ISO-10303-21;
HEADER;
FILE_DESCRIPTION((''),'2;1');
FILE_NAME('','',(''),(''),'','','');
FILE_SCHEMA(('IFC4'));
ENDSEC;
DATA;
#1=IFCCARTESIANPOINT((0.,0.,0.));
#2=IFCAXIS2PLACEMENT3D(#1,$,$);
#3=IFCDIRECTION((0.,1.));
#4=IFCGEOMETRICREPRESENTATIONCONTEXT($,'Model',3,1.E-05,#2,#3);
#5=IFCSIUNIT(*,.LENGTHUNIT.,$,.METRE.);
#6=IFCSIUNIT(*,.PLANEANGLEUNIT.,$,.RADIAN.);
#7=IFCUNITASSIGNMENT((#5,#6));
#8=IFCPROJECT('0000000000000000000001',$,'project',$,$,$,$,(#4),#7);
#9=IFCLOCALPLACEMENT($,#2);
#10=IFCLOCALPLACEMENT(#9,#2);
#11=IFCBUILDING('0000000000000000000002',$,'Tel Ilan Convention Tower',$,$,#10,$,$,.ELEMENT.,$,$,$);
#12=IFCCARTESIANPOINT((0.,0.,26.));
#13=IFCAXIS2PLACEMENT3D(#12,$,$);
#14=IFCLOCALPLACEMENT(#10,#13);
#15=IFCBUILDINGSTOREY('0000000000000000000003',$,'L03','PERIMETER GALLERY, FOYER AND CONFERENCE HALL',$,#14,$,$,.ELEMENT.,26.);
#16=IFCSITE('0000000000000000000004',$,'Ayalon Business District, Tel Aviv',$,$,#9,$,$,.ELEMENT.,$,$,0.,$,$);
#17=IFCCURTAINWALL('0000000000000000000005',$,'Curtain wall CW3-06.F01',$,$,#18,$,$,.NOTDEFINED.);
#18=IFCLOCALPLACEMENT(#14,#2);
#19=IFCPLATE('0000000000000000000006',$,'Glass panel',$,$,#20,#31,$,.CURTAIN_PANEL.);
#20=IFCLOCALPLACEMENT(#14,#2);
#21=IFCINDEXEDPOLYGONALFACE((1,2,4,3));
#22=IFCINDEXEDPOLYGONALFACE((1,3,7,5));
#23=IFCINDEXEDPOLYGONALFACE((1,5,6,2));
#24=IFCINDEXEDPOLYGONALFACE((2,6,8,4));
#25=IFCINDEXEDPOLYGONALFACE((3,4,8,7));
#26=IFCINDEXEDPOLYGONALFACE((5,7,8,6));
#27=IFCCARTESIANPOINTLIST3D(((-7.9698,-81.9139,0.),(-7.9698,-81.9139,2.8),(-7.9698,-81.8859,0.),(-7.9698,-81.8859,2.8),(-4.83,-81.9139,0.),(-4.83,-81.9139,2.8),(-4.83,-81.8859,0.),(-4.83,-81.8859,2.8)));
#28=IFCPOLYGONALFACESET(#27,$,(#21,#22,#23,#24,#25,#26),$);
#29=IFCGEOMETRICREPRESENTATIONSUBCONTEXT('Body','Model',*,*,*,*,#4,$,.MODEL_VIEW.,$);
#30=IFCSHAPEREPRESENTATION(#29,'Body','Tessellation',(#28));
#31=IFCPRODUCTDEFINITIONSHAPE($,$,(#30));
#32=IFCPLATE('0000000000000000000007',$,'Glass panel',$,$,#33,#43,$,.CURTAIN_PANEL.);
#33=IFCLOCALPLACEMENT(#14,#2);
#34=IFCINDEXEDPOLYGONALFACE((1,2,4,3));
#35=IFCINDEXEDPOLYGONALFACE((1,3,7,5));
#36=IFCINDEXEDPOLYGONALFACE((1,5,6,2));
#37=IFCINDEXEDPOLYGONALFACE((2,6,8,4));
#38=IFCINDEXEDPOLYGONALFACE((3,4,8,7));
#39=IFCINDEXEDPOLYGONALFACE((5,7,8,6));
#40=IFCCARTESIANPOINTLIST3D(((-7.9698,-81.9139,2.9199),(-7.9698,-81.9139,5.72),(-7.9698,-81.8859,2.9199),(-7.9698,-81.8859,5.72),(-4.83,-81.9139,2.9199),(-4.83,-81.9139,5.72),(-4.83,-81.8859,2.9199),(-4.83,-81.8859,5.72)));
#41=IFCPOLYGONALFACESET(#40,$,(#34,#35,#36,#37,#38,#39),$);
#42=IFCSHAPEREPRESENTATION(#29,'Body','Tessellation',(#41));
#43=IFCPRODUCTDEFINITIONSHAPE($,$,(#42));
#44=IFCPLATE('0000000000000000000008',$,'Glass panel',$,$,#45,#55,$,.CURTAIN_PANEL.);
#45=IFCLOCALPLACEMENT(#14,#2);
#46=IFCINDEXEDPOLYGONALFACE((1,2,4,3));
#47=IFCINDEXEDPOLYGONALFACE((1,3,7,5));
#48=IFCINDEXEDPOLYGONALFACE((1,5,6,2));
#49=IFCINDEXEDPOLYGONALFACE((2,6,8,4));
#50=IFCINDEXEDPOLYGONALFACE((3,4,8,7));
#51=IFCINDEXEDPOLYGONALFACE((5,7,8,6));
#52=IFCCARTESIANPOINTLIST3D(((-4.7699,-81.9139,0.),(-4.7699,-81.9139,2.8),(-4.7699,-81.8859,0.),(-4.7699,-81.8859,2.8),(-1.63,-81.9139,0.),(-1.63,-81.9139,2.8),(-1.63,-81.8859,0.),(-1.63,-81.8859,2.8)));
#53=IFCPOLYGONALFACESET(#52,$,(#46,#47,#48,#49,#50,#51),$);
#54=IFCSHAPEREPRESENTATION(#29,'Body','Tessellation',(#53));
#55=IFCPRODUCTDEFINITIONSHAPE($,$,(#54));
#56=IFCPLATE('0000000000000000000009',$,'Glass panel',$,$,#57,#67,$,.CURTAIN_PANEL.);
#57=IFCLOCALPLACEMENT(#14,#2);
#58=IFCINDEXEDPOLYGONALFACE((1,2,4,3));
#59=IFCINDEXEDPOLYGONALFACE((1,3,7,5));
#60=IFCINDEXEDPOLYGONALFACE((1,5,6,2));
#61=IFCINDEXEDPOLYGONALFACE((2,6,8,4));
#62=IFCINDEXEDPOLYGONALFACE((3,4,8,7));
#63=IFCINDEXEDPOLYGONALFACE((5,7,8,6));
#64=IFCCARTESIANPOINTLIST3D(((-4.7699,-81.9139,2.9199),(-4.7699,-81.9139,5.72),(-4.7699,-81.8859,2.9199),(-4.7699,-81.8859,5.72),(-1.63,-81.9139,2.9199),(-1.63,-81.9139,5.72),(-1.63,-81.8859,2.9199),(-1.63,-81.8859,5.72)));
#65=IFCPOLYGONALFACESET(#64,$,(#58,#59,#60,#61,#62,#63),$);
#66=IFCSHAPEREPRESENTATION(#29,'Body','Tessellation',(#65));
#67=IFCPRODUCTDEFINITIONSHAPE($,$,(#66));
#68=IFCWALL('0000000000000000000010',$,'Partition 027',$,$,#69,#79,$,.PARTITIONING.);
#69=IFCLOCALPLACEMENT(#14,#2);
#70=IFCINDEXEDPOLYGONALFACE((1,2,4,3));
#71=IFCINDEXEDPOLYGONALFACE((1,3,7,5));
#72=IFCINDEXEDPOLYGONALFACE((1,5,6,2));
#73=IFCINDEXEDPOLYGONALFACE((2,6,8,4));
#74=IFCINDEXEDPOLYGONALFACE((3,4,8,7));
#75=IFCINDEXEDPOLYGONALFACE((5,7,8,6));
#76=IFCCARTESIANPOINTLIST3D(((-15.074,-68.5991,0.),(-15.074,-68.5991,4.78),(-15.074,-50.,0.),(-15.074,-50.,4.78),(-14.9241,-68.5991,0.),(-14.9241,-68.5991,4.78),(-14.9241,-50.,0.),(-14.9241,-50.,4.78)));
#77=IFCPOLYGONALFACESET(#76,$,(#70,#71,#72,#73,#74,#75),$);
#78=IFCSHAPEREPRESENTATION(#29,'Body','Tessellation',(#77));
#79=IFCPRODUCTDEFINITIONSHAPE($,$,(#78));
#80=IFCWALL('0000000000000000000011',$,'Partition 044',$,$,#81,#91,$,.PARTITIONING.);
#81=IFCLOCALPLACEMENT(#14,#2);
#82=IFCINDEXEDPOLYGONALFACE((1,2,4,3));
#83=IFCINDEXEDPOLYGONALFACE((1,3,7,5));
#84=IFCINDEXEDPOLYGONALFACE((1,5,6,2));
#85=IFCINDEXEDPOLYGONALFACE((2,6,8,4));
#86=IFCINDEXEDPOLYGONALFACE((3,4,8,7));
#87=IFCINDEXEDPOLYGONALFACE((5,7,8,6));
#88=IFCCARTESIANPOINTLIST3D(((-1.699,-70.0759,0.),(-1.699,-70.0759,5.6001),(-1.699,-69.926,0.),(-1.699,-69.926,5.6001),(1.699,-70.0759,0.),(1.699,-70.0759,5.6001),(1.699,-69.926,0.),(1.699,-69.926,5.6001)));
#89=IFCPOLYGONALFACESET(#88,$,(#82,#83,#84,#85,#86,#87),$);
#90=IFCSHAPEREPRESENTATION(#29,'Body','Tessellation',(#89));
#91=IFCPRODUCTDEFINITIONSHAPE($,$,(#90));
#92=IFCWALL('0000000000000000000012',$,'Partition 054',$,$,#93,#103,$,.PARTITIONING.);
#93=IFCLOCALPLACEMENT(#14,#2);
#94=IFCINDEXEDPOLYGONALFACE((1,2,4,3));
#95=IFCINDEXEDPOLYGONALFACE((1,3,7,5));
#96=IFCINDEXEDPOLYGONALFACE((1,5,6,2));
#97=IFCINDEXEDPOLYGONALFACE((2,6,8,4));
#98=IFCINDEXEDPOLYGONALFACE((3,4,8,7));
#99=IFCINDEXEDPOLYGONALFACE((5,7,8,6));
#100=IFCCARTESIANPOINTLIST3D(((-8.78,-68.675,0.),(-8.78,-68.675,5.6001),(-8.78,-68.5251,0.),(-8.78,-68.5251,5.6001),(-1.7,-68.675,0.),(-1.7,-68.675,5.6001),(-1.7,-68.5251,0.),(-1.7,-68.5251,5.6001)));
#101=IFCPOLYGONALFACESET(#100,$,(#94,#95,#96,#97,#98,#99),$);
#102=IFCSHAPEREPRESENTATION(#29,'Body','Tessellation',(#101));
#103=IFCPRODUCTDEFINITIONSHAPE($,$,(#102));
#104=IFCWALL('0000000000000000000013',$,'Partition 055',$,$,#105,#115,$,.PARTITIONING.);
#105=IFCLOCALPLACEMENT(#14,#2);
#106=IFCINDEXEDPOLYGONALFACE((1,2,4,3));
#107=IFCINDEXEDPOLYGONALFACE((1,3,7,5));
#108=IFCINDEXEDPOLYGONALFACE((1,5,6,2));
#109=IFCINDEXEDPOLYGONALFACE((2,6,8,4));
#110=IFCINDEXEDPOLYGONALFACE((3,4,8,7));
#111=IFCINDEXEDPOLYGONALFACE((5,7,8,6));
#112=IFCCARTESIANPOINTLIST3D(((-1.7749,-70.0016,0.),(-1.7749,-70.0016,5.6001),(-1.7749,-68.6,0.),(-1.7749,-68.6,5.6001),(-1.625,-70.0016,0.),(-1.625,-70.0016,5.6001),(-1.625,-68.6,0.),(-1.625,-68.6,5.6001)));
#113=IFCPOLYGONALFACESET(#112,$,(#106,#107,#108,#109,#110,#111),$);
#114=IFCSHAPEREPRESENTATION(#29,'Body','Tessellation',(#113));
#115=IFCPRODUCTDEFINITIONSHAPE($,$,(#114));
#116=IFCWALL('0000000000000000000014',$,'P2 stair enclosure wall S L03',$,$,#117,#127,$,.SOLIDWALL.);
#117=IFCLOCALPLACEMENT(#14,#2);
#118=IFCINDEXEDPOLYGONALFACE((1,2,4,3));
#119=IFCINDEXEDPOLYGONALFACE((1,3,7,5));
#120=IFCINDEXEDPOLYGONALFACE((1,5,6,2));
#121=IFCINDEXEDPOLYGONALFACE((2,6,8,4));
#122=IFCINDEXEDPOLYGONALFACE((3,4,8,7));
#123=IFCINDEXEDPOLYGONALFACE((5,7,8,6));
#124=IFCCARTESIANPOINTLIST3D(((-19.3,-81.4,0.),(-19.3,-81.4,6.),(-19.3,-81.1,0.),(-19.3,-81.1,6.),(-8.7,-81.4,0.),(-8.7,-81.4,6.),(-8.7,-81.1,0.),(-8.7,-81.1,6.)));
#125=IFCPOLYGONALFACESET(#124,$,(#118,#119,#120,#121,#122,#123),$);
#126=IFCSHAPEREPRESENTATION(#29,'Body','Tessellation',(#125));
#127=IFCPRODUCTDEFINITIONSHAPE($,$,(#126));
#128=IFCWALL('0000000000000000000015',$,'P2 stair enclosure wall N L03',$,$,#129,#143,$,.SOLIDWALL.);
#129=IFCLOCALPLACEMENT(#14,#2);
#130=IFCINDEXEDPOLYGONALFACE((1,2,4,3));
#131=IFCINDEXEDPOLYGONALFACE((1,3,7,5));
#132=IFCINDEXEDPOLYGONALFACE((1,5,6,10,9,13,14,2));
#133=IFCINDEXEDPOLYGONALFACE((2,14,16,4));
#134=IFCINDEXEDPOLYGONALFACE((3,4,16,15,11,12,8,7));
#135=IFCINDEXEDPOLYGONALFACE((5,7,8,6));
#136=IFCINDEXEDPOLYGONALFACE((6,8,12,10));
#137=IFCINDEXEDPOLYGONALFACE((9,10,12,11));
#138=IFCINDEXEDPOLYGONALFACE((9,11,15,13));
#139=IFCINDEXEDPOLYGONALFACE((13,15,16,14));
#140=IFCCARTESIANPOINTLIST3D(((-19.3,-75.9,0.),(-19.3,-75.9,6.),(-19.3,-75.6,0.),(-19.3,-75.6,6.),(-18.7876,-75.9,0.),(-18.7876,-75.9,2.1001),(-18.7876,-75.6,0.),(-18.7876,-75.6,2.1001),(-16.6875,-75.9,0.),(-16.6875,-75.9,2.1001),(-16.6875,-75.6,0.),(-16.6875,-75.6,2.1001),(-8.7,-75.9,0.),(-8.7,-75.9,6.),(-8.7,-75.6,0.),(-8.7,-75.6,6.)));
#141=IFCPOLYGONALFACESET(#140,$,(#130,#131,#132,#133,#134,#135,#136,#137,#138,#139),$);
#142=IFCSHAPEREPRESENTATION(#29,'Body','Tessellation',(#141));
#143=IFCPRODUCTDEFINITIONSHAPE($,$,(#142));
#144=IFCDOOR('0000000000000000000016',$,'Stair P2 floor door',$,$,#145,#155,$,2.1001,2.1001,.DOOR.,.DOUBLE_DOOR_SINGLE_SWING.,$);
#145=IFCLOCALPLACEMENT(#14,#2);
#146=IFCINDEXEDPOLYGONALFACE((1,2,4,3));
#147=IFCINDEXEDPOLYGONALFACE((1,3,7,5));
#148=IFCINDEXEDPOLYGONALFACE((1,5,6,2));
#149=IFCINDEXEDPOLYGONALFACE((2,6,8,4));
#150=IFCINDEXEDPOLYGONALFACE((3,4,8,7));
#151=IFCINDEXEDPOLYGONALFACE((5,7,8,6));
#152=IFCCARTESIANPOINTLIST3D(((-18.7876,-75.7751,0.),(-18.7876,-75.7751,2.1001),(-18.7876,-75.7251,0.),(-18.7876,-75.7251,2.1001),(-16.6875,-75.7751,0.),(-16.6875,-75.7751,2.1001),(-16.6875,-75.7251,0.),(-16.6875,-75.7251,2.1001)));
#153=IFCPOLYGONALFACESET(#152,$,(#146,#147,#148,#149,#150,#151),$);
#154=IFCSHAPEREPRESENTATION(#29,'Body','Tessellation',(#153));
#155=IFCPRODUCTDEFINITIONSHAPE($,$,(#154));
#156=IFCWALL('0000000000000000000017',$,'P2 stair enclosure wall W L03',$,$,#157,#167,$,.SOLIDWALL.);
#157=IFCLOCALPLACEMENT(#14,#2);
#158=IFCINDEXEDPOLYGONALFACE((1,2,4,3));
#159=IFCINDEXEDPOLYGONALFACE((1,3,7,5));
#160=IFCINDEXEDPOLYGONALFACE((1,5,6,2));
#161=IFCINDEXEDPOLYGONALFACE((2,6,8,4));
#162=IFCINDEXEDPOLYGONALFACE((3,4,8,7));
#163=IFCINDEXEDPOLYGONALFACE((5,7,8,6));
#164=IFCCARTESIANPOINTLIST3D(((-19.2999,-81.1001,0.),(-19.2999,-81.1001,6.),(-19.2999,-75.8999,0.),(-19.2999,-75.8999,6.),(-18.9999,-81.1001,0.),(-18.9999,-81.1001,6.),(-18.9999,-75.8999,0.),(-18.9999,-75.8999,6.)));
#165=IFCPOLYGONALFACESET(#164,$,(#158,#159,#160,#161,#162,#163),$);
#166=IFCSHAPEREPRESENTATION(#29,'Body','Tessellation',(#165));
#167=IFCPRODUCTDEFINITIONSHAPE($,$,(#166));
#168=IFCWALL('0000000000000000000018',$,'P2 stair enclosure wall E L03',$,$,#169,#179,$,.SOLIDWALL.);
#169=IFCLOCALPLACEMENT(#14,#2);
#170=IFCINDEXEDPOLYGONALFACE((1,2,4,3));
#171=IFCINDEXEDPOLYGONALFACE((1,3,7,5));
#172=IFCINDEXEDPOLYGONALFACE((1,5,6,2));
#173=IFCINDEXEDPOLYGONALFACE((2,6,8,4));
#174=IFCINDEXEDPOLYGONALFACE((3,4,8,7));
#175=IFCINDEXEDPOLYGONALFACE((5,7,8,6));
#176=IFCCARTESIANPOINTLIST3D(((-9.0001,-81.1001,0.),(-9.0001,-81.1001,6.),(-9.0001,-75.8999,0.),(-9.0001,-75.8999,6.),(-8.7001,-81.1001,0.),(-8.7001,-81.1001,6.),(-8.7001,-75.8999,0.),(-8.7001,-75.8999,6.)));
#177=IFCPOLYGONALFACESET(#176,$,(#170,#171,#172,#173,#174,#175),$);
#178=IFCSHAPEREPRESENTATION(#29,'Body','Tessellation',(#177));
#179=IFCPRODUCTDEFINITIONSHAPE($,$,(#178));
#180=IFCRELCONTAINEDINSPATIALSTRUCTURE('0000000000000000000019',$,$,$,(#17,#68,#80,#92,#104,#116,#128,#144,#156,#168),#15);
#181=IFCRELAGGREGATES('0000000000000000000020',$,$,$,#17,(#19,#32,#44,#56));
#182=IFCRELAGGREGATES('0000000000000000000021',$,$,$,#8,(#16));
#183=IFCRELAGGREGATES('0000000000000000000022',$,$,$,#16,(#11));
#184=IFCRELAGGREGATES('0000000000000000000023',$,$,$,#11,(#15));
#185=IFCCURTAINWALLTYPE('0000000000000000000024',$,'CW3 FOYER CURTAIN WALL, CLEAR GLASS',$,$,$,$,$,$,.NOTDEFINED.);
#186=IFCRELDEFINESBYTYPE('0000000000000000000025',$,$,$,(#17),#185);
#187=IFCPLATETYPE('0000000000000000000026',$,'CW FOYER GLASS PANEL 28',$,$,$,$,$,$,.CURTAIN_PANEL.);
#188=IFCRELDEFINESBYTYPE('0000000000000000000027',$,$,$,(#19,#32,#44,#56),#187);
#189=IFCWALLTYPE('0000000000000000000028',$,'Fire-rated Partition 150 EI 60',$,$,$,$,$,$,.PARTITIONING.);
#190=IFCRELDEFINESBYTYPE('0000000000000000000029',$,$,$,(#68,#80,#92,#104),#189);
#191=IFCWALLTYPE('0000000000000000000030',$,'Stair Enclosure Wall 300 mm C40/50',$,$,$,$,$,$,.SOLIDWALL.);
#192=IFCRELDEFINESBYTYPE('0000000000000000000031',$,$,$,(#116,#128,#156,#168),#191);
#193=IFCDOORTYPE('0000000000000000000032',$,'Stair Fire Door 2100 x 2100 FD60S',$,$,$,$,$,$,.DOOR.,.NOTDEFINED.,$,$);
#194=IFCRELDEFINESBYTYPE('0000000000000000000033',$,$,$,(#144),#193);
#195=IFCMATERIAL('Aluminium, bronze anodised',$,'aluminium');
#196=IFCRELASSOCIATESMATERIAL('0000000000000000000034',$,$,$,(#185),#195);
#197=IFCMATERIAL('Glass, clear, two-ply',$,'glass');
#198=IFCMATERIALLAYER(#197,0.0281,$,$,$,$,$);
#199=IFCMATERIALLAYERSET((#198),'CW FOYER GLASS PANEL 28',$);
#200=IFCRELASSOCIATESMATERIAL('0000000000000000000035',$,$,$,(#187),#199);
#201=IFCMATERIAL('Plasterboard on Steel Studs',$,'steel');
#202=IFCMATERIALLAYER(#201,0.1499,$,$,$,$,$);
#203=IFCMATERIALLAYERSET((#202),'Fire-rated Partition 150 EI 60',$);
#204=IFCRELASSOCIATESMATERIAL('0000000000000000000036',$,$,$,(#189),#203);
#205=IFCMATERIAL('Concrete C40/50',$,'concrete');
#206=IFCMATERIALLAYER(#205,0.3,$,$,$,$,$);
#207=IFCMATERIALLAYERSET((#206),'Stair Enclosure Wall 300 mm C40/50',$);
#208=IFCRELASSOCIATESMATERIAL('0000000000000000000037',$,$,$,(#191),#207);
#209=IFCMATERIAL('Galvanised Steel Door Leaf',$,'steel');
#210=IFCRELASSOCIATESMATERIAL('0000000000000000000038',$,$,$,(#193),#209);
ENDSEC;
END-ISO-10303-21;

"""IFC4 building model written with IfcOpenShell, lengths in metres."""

from ifc_helpers import new_model, si_unit, direction, frame, frame_2d, origin, origin_2d, place, context, subcontext, project, spatial, rectangle, extrude, material, layer, layer_set, type_object, element, fill, aggregate, save


model = new_model("IFC4")

# Units and contexts
model_context = context("Model", 3, precision=1e-05, world=origin(), true_north=direction((0.0, 1.0)))
body_context = subcontext(model_context, "Body", "Model", "MODEL_VIEW")
ifc_project = project(units=[si_unit("LENGTHUNIT", "METRE"), si_unit("PLANEANGLEUNIT", "RADIAN")], contexts=[model_context])

# Site, building, storey
site_placement = place(None, origin())
site = spatial("IfcSite", under=ifc_project, at=site_placement, Name="Ayalon Business District, Tel Aviv", CompositionType="ELEMENT", RefElevation=0.0)
building_placement = place(site_placement, origin())
building = spatial("IfcBuilding", under=site, at=building_placement, Name="Tel Ilan Convention Tower", CompositionType="ELEMENT")
storey_placement = place(building_placement, frame((0.0, 0.0, 26.0)))
storey = spatial("IfcBuildingStorey", under=building, at=storey_placement, Name="L03", Description="PERIMETER GALLERY, FOYER AND CONFERENCE HALL", CompositionType="ELEMENT", Elevation=26.0)

# Curtain wall
ifc_material_1 = material(Name="Aluminium, bronze anodised", Category="aluminium")
curtain_wall_type = type_object("IfcCurtainWallType", Name="CW3 FOYER CURTAIN WALL, CLEAR GLASS", PredefinedType="NOTDEFINED", material=ifc_material_1)
curtain_wall_placement = place(storey_placement, origin())
curtain_wall = element("IfcCurtainWall", 1, at=curtain_wall_placement, inside=storey, type_object=curtain_wall_type, Name="Curtain wall CW3-06.F01", PredefinedType="NOTDEFINED")

# Plates
ifc_material_2 = material(Name="Glass, clear, two-ply", Category="glass")
ifc_layer_1 = layer(ifc_material_2, 0.0281)
ifc_layer_set_1 = layer_set([ifc_layer_1], Name="CW FOYER GLASS PANEL 28")
plate_type = type_object("IfcPlateType", Name="CW FOYER GLASS PANEL 28", PredefinedType="CURTAIN_PANEL", material=ifc_layer_set_1)
plate_1_placement = place(storey_placement, frame((-6.3999, -81.8999, 0.0), z_axis=(0.0, 0.0, 1.0), x_axis=(1.0, 0.0, 0.0)))
plate_1 = element("IfcPlate", 2, at=plate_1_placement, type_object=plate_type, Name="Glass panel", PredefinedType="CURTAIN_PANEL", context=body_context, shape_type="SweptSolid", body=[
    extrude(rectangle(XDim=3.1399, YDim=0.0281, at=origin_2d()), origin(), (0.0, 0.0, 1.0), 2.8),
])
plate_2_placement = place(storey_placement, frame((-6.3999, -81.8999, 2.9199), z_axis=(0.0, 0.0, 1.0), x_axis=(1.0, 0.0, 0.0)))
plate_2 = element("IfcPlate", 3, at=plate_2_placement, type_object=plate_type, Name="Glass panel", PredefinedType="CURTAIN_PANEL", context=body_context, shape_type="SweptSolid", body=[
    extrude(rectangle(XDim=3.1399, YDim=0.0281, at=origin_2d()), origin(), (0.0, 0.0, 1.0), 2.8),
])
plate_3_placement = place(storey_placement, frame((-3.2, -81.8999, 0.0), z_axis=(0.0, 0.0, 1.0), x_axis=(1.0, 0.0, 0.0)))
plate_3 = element("IfcPlate", 4, at=plate_3_placement, type_object=plate_type, Name="Glass panel", PredefinedType="CURTAIN_PANEL", context=body_context, shape_type="SweptSolid", body=[
    extrude(rectangle(XDim=3.1399, YDim=0.0281, at=origin_2d()), origin(), (0.0, 0.0, 1.0), 2.8),
])
plate_4_placement = place(storey_placement, frame((-3.2, -81.8999, 2.9199), z_axis=(0.0, 0.0, 1.0), x_axis=(1.0, 0.0, 0.0)))
plate_4 = element("IfcPlate", 5, at=plate_4_placement, type_object=plate_type, Name="Glass panel", PredefinedType="CURTAIN_PANEL", context=body_context, shape_type="SweptSolid", body=[
    extrude(rectangle(XDim=3.1399, YDim=0.0281, at=origin_2d()), origin(), (0.0, 0.0, 1.0), 2.8),
])
aggregate(curtain_wall, [plate_1, plate_2, plate_3, plate_4])

# Walls
ifc_material_3 = material(Name="Plasterboard on Steel Studs", Category="steel")
ifc_layer_2 = layer(ifc_material_3, 0.1499)
ifc_layer_set_2 = layer_set([ifc_layer_2], Name="Fire-rated Partition 150 EI 60")
wall_type_1 = type_object("IfcWallType", Name="Fire-rated Partition 150 EI 60", PredefinedType="PARTITIONING", material=ifc_layer_set_2)
wall_1_placement = place(storey_placement, frame((-14.999, -68.5991, 0.0), z_axis=(0.0, 0.0, 1.0), x_axis=(0.0, 1.0, 0.0)))
element("IfcWall", 6, at=wall_1_placement, inside=storey, type_object=wall_type_1, Name="Partition 027", PredefinedType="PARTITIONING", context=body_context, shape_type="SweptSolid", body=[
    extrude(rectangle(XDim=18.5991, YDim=0.1499, at=frame_2d((9.2996, 0.0))), origin(), (0.0, 0.0, 1.0), 4.78),
])
wall_2_placement = place(storey_placement, frame((-1.699, -70.001, 0.0), z_axis=(0.0, 0.0, 1.0), x_axis=(1.0, 0.0, 0.0)))
element("IfcWall", 7, at=wall_2_placement, inside=storey, type_object=wall_type_1, Name="Partition 044", PredefinedType="PARTITIONING", context=body_context, shape_type="SweptSolid", body=[
    extrude(rectangle(XDim=3.3979, YDim=0.1499, at=frame_2d((1.699, 0.0))), origin(), (0.0, 0.0, 1.0), 5.6001),
])

# Walls
wall_3_placement = place(storey_placement, frame((-8.78, -68.6001, 0.0), z_axis=(0.0, 0.0, 1.0), x_axis=(1.0, 0.0, 0.0)))
element("IfcWall", 8, at=wall_3_placement, inside=storey, type_object=wall_type_1, Name="Partition 054", PredefinedType="PARTITIONING", context=body_context, shape_type="SweptSolid", body=[
    extrude(rectangle(XDim=7.0801, YDim=0.1499, at=frame_2d((3.54, 0.0))), origin(), (0.0, 0.0, 1.0), 5.6001),
])
wall_4_placement = place(storey_placement, frame((-1.7, -68.6001, 0.0), z_axis=(0.0, 0.0, 1.0), x_axis=(0.0, -1.0, 0.0)))
element("IfcWall", 9, at=wall_4_placement, inside=storey, type_object=wall_type_1, Name="Partition 055", PredefinedType="PARTITIONING", context=body_context, shape_type="SweptSolid", body=[
    extrude(rectangle(XDim=1.4016, YDim=0.1499, at=frame_2d((0.7007, 0.0))), origin(), (0.0, 0.0, 1.0), 5.6001),
])
ifc_material_4 = material(Name="Concrete C40/50", Category="concrete")
ifc_layer_3 = layer(ifc_material_4, 0.3)
ifc_layer_set_3 = layer_set([ifc_layer_3], Name="Stair Enclosure Wall 300 mm C40/50")
wall_type_2 = type_object("IfcWallType", Name="Stair Enclosure Wall 300 mm C40/50", PredefinedType="SOLIDWALL", material=ifc_layer_set_3)
wall_5_placement = place(storey_placement, frame((-19.3, -81.25, 0.0), z_axis=(0.0, 0.0, 1.0), x_axis=(1.0, 0.0, 0.0)))
element("IfcWall", 10, at=wall_5_placement, inside=storey, type_object=wall_type_2, Name="P2 stair enclosure wall S L03", PredefinedType="SOLIDWALL", context=body_context, shape_type="SweptSolid", body=[
    extrude(rectangle(XDim=10.6001, YDim=0.3, at=frame_2d((5.3, 0.0))), origin(), (0.0, 0.0, 1.0), 6.0),
])

# Wall, opening, door
wall_6_placement = place(storey_placement, frame((-19.3, -75.75, 0.0), z_axis=(0.0, 0.0, 1.0), x_axis=(1.0, 0.0, 0.0)))
wall_6 = element("IfcWall", 11, at=wall_6_placement, inside=storey, type_object=wall_type_2, Name="P2 stair enclosure wall N L03", PredefinedType="SOLIDWALL", context=body_context, shape_type="SweptSolid", body=[
    extrude(rectangle(XDim=10.6001, YDim=0.3, at=frame_2d((5.3, 0.0))), origin(), (0.0, 0.0, 1.0), 6.0),
])
opening_1_placement = place(wall_6_placement, frame((0.5125, 0.0, 0.0)))
opening_1 = element("IfcOpeningElement", 12, at=opening_1_placement, cuts=wall_6, PredefinedType="OPENING", context=body_context, shape_type="SweptSolid", body=[
    extrude(rectangle(XDim=2.1001, YDim=2.1001, at=frame_2d((1.05, 1.05))), frame((0.0, 0.1599, 0.0), z_axis=(0.0, -1.0, 0.0), x_axis=(1.0, 0.0, 0.0)), (0.0, 0.0, 1.0), 0.3201),
])
ifc_material_5 = material(Name="Galvanised Steel Door Leaf", Category="steel")
door_type_1 = type_object("IfcDoorType", Name="Stair Fire Door 2100 x 2100 FD60S", OperationType="NOTDEFINED", PredefinedType="DOOR", material=ifc_material_5)
door_1_placement = place(opening_1_placement, origin())
door_1 = element("IfcDoor", 13, at=door_1_placement, inside=storey, type_object=door_type_1, Name="Stair P2 floor door", OperationType="DOUBLE_DOOR_SINGLE_SWING", OverallHeight=2.1001, OverallWidth=2.1001, PredefinedType="DOOR", context=body_context, shape_type="SweptSolid", body=[
    extrude(rectangle(XDim=2.1001, YDim=2.1001, at=frame_2d((1.05, 1.05))), frame((0.0, 0.0249, 0.0), z_axis=(0.0, -1.0, 0.0), x_axis=(1.0, 0.0, 0.0)), (0.0, 0.0, 1.0), 0.05),
])
fill(opening_1, door_1)

# Walls
for number, where, z_axis, x_axis, name in (
    (14, (-19.1499, -81.1001, 0.0), (0.0, 0.0, 1.0), (0.0, 1.0, 0.0), "P2 stair enclosure wall W L03"),
    (15, (-8.8501, -81.1001, 0.0), (0.0, 0.0, 1.0), (0.0, 1.0, 0.0), "P2 stair enclosure wall E L03"),
):
    element("IfcWall", number, at=place(storey_placement, frame(where, z_axis=z_axis, x_axis=x_axis)), inside=storey, type_object=wall_type_2, Name=name, PredefinedType="SOLIDWALL", context=body_context, shape_type="SweptSolid", body=[
        extrude(rectangle(XDim=5.2002, YDim=0.3, at=frame_2d((2.6001, 0.0))), origin(), (0.0, 0.0, 1.0), 6.0),
    ])

save(model, "model.ifc")
